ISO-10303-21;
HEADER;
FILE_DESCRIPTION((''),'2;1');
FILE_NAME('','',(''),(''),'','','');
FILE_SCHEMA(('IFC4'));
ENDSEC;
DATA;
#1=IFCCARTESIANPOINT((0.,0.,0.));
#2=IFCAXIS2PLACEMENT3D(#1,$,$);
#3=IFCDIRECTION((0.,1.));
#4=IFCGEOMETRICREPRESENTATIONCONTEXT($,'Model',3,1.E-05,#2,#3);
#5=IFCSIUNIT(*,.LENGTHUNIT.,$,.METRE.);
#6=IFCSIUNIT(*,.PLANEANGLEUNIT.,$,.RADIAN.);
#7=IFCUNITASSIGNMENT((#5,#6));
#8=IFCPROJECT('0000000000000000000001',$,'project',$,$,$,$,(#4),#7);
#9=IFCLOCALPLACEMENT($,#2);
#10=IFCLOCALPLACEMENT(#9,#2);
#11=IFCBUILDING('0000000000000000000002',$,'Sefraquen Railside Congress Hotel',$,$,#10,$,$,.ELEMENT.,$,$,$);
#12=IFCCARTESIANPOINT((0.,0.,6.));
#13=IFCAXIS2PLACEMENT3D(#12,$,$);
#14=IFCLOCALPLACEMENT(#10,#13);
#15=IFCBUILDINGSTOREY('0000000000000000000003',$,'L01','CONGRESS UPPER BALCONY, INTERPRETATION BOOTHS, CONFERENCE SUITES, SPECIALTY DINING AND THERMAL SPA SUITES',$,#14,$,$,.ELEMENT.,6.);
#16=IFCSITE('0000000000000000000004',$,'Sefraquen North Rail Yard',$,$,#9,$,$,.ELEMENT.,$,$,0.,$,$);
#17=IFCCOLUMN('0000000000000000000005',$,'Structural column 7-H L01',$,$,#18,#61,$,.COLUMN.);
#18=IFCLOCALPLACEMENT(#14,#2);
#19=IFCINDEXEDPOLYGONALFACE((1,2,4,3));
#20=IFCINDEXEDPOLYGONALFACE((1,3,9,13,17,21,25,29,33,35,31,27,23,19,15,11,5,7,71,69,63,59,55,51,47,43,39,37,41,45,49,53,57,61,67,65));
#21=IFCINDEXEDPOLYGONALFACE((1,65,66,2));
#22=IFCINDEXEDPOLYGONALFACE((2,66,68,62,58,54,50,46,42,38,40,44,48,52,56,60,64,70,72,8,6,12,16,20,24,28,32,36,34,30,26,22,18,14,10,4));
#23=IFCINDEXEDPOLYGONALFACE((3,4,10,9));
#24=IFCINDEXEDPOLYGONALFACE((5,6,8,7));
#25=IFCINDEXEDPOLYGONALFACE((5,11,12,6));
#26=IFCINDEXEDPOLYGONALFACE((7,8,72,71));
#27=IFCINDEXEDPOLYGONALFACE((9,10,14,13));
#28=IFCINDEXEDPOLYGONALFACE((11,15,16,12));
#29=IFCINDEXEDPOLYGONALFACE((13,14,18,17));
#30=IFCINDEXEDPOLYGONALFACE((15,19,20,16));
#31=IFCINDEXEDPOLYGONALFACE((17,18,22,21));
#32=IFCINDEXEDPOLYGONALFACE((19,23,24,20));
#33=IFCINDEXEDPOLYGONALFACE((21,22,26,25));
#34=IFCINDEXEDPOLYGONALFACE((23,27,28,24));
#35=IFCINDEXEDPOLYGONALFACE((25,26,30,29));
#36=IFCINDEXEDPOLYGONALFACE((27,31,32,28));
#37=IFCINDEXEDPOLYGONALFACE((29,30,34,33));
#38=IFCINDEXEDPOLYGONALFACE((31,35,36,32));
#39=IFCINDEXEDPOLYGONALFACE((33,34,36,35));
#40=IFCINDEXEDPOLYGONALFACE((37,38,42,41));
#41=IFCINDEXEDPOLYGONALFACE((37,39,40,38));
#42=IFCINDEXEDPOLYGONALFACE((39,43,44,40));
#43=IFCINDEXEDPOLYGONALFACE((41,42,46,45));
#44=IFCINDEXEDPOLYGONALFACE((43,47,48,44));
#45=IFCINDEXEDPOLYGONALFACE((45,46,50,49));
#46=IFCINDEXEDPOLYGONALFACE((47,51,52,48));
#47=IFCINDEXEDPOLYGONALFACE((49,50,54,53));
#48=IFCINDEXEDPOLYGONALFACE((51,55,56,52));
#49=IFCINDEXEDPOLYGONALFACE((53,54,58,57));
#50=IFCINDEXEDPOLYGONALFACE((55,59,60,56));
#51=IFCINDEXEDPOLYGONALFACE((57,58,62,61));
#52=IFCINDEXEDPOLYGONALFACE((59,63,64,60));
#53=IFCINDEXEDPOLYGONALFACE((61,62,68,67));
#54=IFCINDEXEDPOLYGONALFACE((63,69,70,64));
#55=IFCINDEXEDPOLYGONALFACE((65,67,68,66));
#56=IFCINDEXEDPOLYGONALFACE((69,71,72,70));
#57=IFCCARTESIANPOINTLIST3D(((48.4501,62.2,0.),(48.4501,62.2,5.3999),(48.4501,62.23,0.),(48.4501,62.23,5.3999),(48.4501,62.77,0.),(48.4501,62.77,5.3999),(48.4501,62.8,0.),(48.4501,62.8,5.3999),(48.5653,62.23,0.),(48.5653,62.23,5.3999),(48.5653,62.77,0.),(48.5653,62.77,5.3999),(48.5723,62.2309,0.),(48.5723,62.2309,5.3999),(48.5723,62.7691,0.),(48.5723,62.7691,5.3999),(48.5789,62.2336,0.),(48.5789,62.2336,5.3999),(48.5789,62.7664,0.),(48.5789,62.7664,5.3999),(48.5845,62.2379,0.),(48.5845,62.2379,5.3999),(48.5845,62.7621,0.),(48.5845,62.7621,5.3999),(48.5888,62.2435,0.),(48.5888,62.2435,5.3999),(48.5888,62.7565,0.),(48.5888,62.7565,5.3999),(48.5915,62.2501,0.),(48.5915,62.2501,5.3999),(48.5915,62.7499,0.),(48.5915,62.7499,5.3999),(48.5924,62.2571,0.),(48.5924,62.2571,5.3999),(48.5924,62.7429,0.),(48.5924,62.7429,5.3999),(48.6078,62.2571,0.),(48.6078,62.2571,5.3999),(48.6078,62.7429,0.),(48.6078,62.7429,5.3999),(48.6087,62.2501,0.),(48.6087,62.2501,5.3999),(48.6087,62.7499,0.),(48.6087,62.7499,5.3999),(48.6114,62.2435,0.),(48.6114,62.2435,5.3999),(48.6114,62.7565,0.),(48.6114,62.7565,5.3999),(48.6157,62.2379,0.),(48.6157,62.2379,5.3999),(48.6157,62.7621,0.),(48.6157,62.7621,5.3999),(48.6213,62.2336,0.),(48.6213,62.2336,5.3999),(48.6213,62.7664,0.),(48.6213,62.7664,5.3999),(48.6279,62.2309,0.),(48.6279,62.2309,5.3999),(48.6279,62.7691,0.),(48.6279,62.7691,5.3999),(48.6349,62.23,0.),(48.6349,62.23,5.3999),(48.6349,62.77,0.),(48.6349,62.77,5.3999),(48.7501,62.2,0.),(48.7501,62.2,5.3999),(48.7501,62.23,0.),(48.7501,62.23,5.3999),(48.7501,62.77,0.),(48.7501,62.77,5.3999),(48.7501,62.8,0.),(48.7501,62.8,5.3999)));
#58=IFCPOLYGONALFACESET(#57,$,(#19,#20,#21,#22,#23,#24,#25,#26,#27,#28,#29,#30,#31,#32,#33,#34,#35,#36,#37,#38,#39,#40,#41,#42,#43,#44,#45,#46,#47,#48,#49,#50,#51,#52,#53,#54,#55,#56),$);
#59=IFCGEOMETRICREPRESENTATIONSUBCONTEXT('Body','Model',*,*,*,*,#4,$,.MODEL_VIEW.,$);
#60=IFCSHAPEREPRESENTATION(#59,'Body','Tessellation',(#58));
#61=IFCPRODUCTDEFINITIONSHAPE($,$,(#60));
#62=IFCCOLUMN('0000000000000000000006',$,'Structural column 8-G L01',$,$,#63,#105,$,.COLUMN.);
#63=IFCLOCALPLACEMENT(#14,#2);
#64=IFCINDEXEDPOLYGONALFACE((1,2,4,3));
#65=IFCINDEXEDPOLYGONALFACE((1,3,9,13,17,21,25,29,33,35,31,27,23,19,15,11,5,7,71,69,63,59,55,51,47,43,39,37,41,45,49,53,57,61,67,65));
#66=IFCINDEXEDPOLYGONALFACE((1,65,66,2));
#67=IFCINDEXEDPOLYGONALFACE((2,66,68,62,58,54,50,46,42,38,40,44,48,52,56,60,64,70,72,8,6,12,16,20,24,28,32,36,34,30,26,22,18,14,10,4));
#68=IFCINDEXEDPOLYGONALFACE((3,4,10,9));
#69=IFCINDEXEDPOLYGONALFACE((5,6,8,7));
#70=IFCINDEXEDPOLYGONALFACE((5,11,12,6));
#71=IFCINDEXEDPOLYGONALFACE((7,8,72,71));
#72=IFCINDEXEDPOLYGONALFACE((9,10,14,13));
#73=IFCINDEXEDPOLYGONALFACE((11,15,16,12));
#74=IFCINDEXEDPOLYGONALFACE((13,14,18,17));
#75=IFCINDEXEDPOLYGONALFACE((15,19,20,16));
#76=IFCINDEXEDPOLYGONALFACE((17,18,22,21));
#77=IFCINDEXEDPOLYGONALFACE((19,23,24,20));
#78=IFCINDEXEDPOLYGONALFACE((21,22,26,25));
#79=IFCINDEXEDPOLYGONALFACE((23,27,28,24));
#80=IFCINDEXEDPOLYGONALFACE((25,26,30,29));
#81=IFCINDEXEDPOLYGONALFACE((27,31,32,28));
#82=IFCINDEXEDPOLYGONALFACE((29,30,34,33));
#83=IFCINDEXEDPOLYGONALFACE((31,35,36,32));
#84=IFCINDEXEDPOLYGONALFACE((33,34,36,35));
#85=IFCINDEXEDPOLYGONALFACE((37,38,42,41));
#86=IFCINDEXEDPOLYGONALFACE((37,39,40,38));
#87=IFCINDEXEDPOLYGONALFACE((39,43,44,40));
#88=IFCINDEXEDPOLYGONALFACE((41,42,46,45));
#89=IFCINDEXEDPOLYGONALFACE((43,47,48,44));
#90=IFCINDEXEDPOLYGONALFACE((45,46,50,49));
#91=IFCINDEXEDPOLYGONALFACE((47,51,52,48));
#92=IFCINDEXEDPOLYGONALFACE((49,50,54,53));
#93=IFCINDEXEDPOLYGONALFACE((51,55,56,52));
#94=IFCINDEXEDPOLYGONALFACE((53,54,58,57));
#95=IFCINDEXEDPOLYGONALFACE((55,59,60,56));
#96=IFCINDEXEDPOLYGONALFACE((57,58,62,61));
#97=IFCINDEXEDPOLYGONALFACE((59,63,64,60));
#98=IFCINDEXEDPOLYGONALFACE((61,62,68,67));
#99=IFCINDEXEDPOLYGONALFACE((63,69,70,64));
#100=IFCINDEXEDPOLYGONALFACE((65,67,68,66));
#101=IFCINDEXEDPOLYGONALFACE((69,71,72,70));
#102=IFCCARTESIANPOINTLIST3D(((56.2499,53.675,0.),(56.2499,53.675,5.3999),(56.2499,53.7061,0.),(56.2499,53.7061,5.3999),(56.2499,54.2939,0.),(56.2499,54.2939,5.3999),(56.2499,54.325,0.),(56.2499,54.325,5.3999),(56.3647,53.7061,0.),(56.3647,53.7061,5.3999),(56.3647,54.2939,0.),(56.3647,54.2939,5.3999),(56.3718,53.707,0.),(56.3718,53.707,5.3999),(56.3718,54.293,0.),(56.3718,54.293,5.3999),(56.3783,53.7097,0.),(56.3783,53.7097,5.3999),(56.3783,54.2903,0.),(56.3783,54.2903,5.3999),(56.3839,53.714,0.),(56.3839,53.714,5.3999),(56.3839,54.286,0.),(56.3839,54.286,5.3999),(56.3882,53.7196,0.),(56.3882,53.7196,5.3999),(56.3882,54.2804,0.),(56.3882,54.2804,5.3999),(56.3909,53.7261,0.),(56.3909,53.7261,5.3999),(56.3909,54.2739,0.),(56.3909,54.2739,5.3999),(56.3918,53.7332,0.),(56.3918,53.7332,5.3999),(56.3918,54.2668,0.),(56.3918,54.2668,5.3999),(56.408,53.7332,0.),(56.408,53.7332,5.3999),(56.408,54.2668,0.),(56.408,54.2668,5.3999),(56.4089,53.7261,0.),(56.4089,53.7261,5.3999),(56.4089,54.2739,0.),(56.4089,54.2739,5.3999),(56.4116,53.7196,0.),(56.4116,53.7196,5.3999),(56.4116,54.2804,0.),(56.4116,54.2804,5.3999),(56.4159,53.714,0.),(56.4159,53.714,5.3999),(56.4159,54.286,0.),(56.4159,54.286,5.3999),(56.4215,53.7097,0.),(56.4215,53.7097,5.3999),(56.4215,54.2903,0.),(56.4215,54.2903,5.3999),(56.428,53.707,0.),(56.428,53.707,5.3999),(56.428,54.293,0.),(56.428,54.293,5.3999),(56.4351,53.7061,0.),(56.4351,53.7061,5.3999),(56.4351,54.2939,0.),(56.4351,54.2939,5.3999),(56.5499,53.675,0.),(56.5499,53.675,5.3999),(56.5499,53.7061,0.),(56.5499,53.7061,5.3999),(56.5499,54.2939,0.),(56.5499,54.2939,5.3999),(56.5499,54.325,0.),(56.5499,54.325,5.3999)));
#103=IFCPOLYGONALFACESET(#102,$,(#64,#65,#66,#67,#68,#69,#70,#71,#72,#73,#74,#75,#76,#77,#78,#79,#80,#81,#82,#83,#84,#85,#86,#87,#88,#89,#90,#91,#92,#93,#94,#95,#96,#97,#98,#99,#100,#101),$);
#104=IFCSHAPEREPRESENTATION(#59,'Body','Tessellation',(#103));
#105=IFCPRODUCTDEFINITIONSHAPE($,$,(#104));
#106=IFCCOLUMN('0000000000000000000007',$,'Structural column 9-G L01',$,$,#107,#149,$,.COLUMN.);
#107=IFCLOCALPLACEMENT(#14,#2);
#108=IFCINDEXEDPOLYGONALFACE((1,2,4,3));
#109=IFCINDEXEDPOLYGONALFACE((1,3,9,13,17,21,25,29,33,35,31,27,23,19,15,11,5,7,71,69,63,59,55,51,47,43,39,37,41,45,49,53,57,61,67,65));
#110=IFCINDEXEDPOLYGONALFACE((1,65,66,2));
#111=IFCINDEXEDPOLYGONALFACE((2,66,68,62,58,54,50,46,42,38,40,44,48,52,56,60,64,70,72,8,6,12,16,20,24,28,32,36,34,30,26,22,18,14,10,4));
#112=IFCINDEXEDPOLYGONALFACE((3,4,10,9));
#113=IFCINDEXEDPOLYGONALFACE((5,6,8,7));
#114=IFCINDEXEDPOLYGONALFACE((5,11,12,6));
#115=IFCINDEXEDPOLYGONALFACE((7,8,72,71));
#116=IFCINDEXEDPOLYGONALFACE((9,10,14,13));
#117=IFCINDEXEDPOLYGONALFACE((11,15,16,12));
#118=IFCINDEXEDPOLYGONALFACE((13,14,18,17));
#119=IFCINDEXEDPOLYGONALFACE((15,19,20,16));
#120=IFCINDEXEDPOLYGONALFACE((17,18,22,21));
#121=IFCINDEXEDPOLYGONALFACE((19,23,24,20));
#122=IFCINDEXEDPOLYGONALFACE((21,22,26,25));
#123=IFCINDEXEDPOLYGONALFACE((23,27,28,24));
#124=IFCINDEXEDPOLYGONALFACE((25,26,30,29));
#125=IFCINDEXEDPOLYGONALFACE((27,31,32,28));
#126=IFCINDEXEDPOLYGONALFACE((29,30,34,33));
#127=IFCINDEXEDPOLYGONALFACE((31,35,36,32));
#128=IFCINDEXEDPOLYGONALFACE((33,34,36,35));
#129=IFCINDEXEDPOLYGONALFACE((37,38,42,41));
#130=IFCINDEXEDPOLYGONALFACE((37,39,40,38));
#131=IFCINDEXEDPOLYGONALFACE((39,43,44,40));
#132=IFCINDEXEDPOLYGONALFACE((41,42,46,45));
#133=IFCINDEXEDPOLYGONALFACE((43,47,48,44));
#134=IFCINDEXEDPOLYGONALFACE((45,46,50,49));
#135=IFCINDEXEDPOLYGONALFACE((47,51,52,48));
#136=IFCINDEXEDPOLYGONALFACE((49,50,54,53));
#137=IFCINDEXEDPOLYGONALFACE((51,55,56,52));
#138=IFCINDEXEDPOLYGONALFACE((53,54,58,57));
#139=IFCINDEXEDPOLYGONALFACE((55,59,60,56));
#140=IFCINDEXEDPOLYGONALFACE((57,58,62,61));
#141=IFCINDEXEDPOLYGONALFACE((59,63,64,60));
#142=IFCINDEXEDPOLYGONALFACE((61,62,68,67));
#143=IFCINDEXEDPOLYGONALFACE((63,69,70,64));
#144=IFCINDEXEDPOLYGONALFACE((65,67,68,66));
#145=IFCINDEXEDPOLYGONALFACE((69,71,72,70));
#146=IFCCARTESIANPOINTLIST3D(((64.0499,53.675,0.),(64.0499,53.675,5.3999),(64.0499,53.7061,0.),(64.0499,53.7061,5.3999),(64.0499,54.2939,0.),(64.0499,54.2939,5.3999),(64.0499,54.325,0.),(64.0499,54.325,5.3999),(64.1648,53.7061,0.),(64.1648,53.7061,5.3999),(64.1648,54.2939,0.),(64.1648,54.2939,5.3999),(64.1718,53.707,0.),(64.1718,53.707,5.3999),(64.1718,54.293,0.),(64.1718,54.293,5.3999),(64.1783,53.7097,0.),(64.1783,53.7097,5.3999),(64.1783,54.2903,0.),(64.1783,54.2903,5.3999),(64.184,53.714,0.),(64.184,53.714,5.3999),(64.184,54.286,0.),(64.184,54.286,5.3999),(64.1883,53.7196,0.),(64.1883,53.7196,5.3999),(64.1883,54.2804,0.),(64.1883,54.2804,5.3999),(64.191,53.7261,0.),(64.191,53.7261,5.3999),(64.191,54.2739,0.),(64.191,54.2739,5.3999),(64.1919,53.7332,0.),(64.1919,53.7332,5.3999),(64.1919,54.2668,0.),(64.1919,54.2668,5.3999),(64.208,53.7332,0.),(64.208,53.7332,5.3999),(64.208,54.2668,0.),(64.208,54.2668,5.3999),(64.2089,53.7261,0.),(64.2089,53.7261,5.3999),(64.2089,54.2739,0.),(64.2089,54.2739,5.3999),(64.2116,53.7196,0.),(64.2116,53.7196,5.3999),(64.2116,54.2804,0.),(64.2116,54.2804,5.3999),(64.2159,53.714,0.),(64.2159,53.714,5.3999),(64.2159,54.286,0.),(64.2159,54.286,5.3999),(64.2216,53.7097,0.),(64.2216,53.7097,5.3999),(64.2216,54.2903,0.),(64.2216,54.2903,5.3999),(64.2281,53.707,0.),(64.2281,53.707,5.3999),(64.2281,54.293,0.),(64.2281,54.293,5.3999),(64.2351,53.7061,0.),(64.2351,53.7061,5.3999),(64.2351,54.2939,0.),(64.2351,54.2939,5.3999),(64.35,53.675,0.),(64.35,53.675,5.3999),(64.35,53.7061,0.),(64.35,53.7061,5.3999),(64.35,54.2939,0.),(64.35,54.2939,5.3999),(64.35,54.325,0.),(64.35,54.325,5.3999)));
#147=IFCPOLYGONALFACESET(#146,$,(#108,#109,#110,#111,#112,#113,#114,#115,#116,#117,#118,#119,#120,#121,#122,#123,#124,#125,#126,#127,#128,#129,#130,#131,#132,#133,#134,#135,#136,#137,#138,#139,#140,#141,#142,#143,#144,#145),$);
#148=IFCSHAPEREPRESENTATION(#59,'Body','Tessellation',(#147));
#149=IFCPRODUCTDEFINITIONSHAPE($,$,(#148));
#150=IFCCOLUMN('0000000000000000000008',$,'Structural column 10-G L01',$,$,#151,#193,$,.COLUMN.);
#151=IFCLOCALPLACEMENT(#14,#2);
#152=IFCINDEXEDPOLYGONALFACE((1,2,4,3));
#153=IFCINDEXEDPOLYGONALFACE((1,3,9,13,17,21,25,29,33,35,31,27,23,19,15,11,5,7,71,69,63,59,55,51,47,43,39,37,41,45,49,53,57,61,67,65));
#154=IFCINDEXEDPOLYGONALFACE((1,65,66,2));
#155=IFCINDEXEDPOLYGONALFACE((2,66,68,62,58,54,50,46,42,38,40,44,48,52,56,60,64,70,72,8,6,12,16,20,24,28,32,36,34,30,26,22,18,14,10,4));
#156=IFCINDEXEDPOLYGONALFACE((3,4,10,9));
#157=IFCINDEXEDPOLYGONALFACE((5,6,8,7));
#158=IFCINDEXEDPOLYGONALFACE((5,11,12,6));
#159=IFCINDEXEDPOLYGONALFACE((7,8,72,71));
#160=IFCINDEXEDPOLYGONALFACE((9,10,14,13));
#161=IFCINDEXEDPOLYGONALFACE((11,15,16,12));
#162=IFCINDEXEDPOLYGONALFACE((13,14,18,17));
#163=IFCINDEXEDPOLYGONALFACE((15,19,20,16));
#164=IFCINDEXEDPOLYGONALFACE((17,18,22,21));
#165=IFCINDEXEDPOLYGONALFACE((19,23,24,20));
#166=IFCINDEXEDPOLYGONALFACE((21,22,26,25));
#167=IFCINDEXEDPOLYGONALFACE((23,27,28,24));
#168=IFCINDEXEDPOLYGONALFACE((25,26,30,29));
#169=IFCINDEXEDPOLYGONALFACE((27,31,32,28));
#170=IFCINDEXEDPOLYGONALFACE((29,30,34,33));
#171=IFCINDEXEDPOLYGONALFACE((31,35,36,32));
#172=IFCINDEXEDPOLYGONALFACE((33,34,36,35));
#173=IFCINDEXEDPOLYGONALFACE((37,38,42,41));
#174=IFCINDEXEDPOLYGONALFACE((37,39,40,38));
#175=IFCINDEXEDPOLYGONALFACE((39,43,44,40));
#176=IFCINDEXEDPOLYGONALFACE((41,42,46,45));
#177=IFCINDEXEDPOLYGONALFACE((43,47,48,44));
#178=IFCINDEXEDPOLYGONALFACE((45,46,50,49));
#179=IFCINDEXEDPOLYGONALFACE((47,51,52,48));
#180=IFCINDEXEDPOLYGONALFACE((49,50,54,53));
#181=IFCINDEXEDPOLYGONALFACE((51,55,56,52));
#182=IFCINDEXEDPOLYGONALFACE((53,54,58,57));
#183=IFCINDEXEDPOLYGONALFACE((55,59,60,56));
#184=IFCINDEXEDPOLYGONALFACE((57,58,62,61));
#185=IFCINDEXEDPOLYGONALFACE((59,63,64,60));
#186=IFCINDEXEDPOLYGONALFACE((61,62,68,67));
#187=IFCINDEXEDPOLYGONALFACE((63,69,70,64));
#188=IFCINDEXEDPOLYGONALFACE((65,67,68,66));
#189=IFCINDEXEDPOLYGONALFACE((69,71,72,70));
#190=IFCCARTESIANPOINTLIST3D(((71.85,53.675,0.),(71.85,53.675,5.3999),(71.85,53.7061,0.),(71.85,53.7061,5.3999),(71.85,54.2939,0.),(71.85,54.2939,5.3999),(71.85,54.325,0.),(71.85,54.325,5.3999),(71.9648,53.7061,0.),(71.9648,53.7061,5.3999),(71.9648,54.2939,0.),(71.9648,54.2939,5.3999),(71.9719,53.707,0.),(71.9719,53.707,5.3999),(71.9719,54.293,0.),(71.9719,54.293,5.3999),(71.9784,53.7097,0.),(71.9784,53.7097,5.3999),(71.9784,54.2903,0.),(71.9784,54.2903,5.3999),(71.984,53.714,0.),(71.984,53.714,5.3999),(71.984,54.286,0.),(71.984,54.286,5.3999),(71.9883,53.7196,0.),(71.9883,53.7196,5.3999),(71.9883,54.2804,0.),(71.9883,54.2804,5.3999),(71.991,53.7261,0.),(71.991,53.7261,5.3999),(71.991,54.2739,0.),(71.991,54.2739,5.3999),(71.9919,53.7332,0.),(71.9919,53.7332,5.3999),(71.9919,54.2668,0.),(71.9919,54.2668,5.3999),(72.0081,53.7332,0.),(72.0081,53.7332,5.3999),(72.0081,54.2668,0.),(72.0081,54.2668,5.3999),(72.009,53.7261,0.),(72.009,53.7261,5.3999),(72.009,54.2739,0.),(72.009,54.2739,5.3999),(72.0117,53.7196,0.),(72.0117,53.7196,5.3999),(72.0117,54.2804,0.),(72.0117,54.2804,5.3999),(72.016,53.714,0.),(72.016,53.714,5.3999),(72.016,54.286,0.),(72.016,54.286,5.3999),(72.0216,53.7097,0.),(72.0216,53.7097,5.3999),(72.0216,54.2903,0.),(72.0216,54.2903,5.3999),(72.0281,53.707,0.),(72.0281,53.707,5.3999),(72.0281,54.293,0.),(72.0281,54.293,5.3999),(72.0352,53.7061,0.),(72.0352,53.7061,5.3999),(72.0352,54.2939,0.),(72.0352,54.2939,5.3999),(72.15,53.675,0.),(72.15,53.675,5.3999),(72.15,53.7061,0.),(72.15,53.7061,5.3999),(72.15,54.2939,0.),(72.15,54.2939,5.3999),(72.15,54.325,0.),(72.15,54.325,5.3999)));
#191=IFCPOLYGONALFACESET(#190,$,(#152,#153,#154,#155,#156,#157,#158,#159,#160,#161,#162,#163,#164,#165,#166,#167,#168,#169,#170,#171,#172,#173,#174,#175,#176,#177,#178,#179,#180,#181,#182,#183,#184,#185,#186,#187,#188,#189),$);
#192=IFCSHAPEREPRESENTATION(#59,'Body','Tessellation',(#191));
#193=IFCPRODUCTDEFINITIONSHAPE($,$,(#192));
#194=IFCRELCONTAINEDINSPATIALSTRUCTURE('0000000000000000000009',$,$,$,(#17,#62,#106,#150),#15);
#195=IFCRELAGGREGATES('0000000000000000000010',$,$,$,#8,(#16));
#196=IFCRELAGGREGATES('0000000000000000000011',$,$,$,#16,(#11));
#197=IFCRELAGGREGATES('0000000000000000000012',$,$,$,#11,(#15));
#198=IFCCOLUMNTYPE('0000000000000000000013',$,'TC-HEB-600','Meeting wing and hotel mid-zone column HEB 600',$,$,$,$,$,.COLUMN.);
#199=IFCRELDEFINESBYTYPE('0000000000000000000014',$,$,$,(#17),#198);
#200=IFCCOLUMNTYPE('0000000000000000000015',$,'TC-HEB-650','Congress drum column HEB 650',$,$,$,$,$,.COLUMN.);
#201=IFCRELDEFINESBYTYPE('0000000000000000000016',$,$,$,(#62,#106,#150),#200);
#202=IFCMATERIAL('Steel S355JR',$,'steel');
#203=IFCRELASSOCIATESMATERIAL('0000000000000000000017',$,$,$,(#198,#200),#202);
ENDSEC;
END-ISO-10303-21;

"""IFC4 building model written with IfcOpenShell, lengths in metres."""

from ifc_helpers import new_model, si_unit, direction, frame, origin, origin_2d, place, context, subcontext, project, spatial, i_section, extrude, material, material_profile, profile_set, type_object, element, save


model = new_model("IFC4")

# Units and contexts
model_context = context("Model", 3, precision=1e-05, world=origin(), true_north=direction((0.0, 1.0)))
body_context = subcontext(model_context, "Body", "Model", "MODEL_VIEW")
ifc_project = project(units=[si_unit("LENGTHUNIT", "METRE"), si_unit("PLANEANGLEUNIT", "RADIAN")], contexts=[model_context])

# Site, building, storey
site_placement = place(None, origin())
site = spatial("IfcSite", under=ifc_project, at=site_placement, Name="Sefraquen North Rail Yard", CompositionType="ELEMENT", RefElevation=0.0)
building_placement = place(site_placement, origin())
building = spatial("IfcBuilding", under=site, at=building_placement, Name="Sefraquen Railside Congress Hotel", CompositionType="ELEMENT")
storey_placement = place(building_placement, frame((0.0, 0.0, 6.0)))
storey = spatial("IfcBuildingStorey", under=building, at=storey_placement, Name="L01", Description="CONGRESS UPPER BALCONY, INTERPRETATION BOOTHS, CONFERENCE SUITES, SPECIALTY DINING AND THERMAL SPA SUITES", CompositionType="ELEMENT", Elevation=6.0)

# Columns
ifc_material_1 = material(Name="Steel S355JR", Category="steel")
ifc_material_profile_1 = material_profile(ifc_material_1, i_section(OverallWidth=0.3, OverallDepth=0.6001, WebThickness=0.0154, FlangeThickness=0.03, FilletRadius=0.0271, at=origin_2d()), Name="HEB 600")
ifc_profile_set_1 = profile_set([ifc_material_profile_1], Name="Steel S355JR")
column_type_1 = type_object("IfcColumnType", Name="TC-HEB-600", Description="Meeting wing and hotel mid-zone column HEB 600", PredefinedType="COLUMN", material=ifc_profile_set_1)
column_placement = place(storey_placement, frame((48.6001, 62.5, 0.0), z_axis=(0.0, 0.0, 1.0), x_axis=(1.0, 0.0, 0.0)))
element("IfcColumn", 1, at=column_placement, inside=storey, type_object=column_type_1, Name="Structural column 7-H L01", PredefinedType="COLUMN", context=body_context, shape_type="SweptSolid", body=[
    extrude(i_section(OverallWidth=0.3, OverallDepth=0.6001, WebThickness=0.0154, FlangeThickness=0.03, FilletRadius=0.0271, at=origin_2d()), origin(), (0.0, 0.0, 1.0), 5.3999),
])
ifc_material_profile_2 = material_profile(ifc_material_1, i_section(OverallWidth=0.3, OverallDepth=0.6499, WebThickness=0.0161, FlangeThickness=0.031, FilletRadius=0.0271, at=origin_2d()), Name="HEB 650")
ifc_profile_set_2 = profile_set([ifc_material_profile_2], Name="Steel S355JR")
column_type_2 = type_object("IfcColumnType", Name="TC-HEB-650", Description="Congress drum column HEB 650", PredefinedType="COLUMN", material=ifc_profile_set_2)
for number, where, z_axis, x_axis, name in (
    (2, (56.3999, 54.0, 0.0), (0.0, 0.0, 1.0), (1.0, 0.0, 0.0), "Structural column 8-G L01"),
    (3, (64.2, 54.0, 0.0), (0.0, 0.0, 1.0), (1.0, 0.0, 0.0), "Structural column 9-G L01"),
    (4, (72.0, 54.0, 0.0), (0.0, 0.0, 1.0), (1.0, 0.0, 0.0), "Structural column 10-G L01"),
):
    element("IfcColumn", number, at=place(storey_placement, frame(where, z_axis=z_axis, x_axis=x_axis)), inside=storey, type_object=column_type_2, Name=name, PredefinedType="COLUMN", context=body_context, shape_type="SweptSolid", body=[
        extrude(i_section(OverallWidth=0.3, OverallDepth=0.6499, WebThickness=0.0161, FlangeThickness=0.031, FilletRadius=0.0271, at=origin_2d()), origin(), (0.0, 0.0, 1.0), 5.3999),
    ])

save(model, "model.ifc")
